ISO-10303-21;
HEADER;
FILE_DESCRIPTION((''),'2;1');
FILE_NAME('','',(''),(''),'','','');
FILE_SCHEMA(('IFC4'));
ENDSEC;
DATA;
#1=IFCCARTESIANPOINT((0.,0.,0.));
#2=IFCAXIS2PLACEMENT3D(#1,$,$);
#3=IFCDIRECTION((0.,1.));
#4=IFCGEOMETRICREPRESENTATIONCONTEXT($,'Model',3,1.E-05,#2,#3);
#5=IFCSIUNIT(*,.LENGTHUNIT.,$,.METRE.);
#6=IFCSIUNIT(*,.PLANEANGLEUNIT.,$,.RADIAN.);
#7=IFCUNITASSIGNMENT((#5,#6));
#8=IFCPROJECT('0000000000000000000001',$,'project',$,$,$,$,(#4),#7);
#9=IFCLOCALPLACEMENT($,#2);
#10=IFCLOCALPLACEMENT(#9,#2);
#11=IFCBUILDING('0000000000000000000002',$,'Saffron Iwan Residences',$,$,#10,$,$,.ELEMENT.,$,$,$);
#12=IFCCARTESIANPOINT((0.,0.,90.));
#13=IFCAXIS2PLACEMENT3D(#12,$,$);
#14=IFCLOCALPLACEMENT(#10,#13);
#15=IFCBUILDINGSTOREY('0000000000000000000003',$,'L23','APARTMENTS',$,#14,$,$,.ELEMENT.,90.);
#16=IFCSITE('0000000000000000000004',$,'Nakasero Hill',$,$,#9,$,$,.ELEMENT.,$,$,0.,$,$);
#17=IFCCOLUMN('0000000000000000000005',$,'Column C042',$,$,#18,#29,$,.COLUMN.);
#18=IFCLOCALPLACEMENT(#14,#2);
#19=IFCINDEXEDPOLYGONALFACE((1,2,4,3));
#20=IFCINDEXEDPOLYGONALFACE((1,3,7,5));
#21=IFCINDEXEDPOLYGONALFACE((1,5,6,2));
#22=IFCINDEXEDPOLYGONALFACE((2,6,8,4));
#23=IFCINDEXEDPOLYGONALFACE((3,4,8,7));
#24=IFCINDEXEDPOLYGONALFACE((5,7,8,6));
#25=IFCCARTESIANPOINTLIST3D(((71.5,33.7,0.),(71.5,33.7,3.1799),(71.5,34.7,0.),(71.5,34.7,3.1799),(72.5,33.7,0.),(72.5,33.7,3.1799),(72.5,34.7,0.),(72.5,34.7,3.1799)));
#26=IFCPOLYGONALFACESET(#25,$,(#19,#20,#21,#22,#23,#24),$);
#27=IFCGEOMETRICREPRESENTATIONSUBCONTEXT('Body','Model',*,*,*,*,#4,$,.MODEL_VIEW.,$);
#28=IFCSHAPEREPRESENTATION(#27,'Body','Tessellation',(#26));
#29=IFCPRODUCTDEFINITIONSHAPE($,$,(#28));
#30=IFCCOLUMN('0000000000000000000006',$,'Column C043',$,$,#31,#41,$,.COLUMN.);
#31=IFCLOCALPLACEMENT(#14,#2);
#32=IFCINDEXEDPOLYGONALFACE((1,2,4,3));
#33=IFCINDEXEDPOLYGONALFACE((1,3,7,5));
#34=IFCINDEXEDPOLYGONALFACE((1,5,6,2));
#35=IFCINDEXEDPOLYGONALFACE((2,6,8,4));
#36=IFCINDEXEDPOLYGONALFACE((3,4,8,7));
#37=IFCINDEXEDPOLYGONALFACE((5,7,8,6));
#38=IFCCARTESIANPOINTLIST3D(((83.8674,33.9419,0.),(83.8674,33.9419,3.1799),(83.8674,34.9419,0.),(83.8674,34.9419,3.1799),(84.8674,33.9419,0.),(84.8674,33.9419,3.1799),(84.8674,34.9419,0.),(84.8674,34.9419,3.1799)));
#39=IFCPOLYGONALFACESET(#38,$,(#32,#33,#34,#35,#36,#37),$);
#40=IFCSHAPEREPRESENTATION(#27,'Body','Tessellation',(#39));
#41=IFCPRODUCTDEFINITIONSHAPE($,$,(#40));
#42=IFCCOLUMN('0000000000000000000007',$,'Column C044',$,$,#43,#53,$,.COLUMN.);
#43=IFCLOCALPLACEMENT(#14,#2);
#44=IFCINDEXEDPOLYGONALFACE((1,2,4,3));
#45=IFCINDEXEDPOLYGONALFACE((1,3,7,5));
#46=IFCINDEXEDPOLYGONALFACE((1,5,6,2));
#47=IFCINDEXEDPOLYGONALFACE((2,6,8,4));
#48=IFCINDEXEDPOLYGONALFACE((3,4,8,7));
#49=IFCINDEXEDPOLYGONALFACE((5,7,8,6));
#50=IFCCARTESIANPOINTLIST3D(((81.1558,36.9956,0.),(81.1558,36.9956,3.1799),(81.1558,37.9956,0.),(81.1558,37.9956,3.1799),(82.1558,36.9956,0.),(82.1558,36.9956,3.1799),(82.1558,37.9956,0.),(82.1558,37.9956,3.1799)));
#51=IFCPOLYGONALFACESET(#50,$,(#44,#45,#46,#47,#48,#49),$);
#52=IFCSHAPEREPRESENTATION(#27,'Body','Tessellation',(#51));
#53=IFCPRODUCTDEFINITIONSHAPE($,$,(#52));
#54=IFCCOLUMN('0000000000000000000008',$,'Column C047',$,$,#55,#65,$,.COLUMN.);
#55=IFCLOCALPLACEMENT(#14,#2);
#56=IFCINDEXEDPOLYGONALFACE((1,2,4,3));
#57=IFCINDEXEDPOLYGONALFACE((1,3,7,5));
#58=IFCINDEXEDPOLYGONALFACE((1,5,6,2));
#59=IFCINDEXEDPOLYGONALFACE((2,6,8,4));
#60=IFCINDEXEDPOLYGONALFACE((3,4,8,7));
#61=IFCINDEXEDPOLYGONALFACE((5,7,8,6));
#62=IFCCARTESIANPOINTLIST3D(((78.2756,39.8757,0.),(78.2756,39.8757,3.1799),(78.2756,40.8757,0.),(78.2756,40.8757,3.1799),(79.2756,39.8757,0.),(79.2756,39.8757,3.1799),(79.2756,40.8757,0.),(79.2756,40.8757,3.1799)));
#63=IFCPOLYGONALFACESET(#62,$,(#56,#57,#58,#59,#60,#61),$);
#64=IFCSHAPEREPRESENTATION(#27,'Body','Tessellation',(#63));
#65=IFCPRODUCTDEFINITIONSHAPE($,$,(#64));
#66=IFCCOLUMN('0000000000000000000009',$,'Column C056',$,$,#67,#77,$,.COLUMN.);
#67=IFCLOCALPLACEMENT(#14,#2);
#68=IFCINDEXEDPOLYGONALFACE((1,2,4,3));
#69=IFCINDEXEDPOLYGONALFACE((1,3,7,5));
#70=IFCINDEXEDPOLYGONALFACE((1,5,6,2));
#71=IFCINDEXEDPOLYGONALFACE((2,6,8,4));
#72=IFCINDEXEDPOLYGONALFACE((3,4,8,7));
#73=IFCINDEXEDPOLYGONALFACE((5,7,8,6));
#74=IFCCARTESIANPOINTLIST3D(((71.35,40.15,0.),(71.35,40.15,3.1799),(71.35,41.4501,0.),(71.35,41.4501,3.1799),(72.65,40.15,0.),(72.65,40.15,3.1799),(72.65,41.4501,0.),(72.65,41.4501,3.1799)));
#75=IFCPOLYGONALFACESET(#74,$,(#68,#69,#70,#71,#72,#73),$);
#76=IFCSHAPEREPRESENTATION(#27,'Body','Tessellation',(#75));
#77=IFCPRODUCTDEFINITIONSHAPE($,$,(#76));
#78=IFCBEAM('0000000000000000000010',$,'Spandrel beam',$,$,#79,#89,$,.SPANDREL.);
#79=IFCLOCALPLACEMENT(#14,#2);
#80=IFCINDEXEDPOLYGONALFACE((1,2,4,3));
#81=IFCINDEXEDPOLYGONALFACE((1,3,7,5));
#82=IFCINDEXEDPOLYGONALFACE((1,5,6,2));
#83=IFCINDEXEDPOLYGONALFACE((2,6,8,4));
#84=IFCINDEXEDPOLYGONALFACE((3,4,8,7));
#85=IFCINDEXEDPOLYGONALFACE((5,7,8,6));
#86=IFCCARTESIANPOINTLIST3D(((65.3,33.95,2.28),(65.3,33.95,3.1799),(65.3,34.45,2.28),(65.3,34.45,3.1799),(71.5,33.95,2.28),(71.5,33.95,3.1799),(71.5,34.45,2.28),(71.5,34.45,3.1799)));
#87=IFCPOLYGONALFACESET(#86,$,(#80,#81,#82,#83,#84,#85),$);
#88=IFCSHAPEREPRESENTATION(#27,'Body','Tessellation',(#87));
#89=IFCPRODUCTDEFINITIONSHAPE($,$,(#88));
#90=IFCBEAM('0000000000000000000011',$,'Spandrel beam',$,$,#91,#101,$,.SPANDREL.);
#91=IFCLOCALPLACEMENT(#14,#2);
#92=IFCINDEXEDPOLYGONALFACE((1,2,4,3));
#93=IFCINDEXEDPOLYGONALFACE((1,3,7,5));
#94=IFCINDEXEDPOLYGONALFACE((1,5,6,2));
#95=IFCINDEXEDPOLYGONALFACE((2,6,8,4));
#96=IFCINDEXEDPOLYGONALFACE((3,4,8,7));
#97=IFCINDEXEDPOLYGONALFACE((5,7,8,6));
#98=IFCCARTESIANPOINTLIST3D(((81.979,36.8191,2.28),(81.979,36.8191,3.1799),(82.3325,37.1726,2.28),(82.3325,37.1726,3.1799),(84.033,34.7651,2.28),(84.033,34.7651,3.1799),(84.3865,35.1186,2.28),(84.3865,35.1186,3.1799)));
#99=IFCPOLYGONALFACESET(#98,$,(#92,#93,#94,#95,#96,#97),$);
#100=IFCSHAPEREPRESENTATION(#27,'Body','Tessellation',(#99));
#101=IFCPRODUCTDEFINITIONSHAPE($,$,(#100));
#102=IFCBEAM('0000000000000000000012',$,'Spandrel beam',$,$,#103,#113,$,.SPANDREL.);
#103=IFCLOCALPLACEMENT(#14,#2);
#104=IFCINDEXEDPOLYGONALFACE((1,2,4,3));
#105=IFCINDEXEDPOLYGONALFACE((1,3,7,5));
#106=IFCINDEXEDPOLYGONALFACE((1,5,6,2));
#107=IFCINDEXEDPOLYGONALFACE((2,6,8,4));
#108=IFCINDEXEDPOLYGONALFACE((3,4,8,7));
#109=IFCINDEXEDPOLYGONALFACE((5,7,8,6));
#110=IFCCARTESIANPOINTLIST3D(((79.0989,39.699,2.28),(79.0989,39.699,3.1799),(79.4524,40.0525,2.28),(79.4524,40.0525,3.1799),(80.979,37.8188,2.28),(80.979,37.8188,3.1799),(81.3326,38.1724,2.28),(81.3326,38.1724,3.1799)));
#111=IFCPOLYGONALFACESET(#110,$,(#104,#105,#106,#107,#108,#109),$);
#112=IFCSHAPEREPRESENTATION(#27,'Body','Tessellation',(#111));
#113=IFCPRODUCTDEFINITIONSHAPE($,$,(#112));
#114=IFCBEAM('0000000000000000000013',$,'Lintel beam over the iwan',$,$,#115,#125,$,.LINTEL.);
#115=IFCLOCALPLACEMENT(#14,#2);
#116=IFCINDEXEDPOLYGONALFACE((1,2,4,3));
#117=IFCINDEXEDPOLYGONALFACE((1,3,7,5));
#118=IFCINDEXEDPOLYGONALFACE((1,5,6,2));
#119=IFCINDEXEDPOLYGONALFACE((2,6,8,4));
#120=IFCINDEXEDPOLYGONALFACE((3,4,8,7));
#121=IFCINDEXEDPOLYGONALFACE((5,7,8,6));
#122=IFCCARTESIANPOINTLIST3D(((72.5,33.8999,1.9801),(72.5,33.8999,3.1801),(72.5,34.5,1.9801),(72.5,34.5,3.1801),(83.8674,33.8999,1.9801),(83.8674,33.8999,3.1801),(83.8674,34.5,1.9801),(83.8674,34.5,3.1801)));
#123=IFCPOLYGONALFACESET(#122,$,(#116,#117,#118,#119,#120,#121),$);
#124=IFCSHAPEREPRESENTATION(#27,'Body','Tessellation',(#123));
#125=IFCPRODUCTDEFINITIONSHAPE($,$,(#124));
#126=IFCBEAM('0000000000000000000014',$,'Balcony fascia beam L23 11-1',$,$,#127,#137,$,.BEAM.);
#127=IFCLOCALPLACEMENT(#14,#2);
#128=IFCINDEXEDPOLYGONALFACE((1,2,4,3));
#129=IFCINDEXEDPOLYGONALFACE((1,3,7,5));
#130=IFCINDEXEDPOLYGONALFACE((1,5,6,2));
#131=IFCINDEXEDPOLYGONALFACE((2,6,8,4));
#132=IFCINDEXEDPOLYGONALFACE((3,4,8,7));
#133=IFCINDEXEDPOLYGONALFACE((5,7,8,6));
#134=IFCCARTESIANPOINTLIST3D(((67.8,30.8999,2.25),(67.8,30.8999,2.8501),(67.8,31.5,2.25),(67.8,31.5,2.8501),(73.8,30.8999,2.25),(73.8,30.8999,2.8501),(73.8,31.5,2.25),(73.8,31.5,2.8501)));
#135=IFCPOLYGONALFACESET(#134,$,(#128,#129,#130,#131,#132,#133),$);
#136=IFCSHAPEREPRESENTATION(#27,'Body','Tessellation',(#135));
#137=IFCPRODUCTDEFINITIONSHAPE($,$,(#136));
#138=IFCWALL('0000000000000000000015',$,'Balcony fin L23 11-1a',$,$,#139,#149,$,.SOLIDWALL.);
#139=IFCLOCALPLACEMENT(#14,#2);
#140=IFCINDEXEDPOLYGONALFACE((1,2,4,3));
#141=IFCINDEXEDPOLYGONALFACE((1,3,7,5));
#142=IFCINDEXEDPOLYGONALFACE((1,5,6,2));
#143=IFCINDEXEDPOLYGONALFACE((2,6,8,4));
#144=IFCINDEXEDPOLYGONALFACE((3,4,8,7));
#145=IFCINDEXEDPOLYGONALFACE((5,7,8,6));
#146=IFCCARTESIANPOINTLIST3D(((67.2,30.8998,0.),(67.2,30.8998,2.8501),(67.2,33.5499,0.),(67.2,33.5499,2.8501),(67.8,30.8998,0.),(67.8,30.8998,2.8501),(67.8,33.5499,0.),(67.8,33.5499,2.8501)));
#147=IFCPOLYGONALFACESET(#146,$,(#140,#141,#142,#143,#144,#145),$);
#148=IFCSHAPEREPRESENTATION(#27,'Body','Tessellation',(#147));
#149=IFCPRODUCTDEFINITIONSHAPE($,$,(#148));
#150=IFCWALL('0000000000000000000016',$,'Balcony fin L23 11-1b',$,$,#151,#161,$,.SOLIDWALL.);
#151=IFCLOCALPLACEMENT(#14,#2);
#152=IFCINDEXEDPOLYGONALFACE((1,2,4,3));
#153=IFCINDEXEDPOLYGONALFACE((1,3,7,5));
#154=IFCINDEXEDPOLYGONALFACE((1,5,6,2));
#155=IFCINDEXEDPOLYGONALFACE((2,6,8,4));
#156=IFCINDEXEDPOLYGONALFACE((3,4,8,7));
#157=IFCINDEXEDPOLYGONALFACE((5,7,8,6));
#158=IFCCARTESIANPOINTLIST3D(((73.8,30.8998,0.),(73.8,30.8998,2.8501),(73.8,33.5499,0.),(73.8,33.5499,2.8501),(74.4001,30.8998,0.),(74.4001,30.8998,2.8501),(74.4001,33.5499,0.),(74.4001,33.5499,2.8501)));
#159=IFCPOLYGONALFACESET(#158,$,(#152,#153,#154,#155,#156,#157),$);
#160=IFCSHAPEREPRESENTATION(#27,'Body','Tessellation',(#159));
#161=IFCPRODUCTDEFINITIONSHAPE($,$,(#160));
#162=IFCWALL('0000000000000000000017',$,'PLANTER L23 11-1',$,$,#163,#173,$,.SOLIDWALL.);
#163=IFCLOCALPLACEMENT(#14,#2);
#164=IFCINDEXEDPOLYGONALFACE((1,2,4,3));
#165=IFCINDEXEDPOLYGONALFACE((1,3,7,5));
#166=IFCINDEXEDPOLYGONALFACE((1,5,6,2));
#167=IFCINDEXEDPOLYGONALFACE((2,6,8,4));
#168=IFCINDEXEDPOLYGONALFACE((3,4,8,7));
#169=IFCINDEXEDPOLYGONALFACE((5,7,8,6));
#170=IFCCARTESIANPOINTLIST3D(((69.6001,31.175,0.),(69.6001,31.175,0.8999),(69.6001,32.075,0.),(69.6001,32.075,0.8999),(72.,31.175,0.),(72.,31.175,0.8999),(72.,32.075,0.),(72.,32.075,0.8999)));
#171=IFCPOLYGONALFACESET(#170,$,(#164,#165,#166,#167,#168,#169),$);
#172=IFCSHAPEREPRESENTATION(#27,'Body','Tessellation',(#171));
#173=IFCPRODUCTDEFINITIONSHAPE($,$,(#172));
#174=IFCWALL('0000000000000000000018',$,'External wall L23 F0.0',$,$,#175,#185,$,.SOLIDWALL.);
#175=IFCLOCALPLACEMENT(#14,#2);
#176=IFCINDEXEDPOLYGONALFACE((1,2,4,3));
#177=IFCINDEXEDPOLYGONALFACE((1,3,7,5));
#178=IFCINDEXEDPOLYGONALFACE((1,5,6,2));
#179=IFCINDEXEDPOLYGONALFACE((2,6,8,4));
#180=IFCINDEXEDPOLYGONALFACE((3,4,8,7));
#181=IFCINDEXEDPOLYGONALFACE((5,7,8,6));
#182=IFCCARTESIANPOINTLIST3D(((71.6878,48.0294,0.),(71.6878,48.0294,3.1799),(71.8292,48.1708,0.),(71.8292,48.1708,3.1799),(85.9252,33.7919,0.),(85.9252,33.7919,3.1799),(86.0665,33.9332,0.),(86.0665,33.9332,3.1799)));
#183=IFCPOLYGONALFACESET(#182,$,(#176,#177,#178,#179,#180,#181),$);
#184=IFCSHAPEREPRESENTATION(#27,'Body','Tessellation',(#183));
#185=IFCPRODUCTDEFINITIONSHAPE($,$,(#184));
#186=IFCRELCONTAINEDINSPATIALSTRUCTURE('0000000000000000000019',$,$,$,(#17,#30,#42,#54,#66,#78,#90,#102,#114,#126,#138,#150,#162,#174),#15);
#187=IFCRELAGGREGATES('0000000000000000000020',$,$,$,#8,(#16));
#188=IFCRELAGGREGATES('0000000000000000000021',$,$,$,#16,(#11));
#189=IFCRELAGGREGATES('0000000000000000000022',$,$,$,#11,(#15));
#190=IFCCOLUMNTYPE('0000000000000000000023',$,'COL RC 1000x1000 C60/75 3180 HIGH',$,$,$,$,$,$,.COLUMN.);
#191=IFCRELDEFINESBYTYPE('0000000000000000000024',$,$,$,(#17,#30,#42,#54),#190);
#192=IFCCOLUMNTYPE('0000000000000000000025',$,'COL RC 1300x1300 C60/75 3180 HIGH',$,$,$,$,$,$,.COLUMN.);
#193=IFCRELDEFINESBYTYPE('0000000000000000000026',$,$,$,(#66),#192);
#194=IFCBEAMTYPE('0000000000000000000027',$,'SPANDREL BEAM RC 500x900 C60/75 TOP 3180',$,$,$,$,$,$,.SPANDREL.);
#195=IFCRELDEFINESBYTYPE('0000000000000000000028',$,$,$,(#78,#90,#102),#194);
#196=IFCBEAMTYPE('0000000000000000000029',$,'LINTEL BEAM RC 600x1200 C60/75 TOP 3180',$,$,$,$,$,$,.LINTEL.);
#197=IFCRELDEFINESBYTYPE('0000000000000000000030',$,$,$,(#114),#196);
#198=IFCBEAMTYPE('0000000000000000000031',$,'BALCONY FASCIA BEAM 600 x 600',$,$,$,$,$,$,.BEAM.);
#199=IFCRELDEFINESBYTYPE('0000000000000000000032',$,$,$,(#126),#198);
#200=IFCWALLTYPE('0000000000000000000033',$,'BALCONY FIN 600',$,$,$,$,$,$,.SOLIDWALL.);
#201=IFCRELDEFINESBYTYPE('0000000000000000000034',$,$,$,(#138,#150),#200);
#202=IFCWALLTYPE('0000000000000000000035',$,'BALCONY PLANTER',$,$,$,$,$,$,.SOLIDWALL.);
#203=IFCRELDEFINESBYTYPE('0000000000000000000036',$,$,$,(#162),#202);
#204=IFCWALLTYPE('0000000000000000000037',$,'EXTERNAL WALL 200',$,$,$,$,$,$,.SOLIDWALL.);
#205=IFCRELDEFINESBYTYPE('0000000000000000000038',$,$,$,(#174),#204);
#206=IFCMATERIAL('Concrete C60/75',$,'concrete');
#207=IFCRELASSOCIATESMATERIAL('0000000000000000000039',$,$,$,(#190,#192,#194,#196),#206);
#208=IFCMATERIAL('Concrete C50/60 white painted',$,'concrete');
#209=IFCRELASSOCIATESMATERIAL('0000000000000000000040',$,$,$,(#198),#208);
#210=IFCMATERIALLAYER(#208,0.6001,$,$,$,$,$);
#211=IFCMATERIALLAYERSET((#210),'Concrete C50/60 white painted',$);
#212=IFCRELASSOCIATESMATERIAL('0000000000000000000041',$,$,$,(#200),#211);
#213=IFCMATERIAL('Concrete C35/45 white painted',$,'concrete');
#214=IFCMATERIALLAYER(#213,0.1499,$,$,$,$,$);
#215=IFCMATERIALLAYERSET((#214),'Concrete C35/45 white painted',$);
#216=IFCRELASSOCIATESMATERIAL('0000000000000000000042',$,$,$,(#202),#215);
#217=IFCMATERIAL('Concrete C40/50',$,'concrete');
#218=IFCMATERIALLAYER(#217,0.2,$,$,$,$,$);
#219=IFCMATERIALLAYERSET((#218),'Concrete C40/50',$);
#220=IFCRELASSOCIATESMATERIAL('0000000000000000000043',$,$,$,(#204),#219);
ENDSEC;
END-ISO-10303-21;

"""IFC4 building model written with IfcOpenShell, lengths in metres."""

from ifc_helpers import new_model, si_unit, direction, frame, frame_2d, origin, origin_2d, place, context, subcontext, project, spatial, rectangle, extrude, source, transform, mapped, material, layer, layer_set, material_profile, profile_set, type_object, element, save


model = new_model("IFC4")

# Units and contexts
model_context = context("Model", 3, precision=1e-05, world=origin(), true_north=direction((0.0, 1.0)))
body_context = subcontext(model_context, "Body", "Model", "MODEL_VIEW")
ifc_project = project(units=[si_unit("LENGTHUNIT", "METRE"), si_unit("PLANEANGLEUNIT", "RADIAN")], contexts=[model_context])

# Site, building, storey
site_placement = place(None, origin())
site = spatial("IfcSite", under=ifc_project, at=site_placement, Name="Nakasero Hill", CompositionType="ELEMENT", RefElevation=0.0)
building_placement = place(site_placement, origin())
building = spatial("IfcBuilding", under=site, at=building_placement, Name="Saffron Iwan Residences", CompositionType="ELEMENT")
storey_placement = place(building_placement, frame((0.0, 0.0, 90.0)))
storey = spatial("IfcBuildingStorey", under=building, at=storey_placement, Name="L23", Description="APARTMENTS", CompositionType="ELEMENT", Elevation=90.0)

# Columns
ifc_material_1 = material(Name="Concrete C60/75", Category="concrete")
ifc_material_profile_1 = material_profile(ifc_material_1, rectangle(XDim=1.0, YDim=1.0, at=origin_2d()), Name="RC 1000x1000")
ifc_profile_set_1 = profile_set([ifc_material_profile_1], Name="Concrete C60/75")
column_type_1 = type_object("IfcColumnType", Name="COL RC 1000x1000 C60/75 3180 HIGH", PredefinedType="COLUMN", material=ifc_profile_set_1)
shared_shape_1 = source(origin(), body_context, "Body", "SweptSolid", [
    extrude(rectangle(XDim=1.0, YDim=1.0, at=origin_2d()), origin(), (0.0, 0.0, 1.0), 3.1799),
])
for number, where, z_axis, x_axis, name in (
    (1, (72.0, 34.2, 0.0), (0.0, 0.0, 1.0), (1.0, 0.0, 0.0), "Column C042"),
    (2, (84.3674, 34.4419, 0.0), (0.0, 0.0, 1.0), (1.0, 0.0, 0.0), "Column C043"),
    (3, (81.6558, 37.4956, 0.0), (0.0, 0.0, 1.0), (1.0, 0.0, 0.0), "Column C044"),
    (4, (78.7756, 40.3757, 0.0), (0.0, 0.0, 1.0), (1.0, 0.0, 0.0), "Column C047"),
):
    element("IfcColumn", number, at=place(storey_placement, frame(where, z_axis=z_axis, x_axis=x_axis)), inside=storey, type_object=column_type_1, Name=name, PredefinedType="COLUMN", context=body_context, shape_type="MappedRepresentation", body=[
        mapped(shared_shape_1, transform((0.0, 0.0, 0.0))),
    ])
ifc_material_profile_2 = material_profile(ifc_material_1, rectangle(XDim=1.3, YDim=1.3, at=origin_2d()), Name="RC 1300x1300")
ifc_profile_set_2 = profile_set([ifc_material_profile_2], Name="Concrete C60/75")
column_type_2 = type_object("IfcColumnType", Name="COL RC 1300x1300 C60/75 3180 HIGH", PredefinedType="COLUMN", material=ifc_profile_set_2)
shared_shape_2 = source(origin(), body_context, "Body", "SweptSolid", [
    extrude(rectangle(XDim=1.3, YDim=1.3, at=origin_2d()), origin(), (0.0, 0.0, 1.0), 3.1799),
])
column_placement = place(storey_placement, frame((72.0, 40.8, 0.0), z_axis=(0.0, 0.0, 1.0), x_axis=(1.0, 0.0, 0.0)))
element("IfcColumn", 5, at=column_placement, inside=storey, type_object=column_type_2, Name="Column C056", PredefinedType="COLUMN", context=body_context, shape_type="MappedRepresentation", body=[
    mapped(shared_shape_2, transform((0.0, 0.0, 0.0))),
])

# Beams
ifc_material_profile_3 = material_profile(ifc_material_1, rectangle(XDim=0.5, YDim=0.8999, at=origin_2d()), Name="RC 500x900")
ifc_profile_set_3 = profile_set([ifc_material_profile_3], Name="Concrete C60/75")
beam_type_1 = type_object("IfcBeamType", Name="SPANDREL BEAM RC 500x900 C60/75 TOP 3180", PredefinedType="SPANDREL", material=ifc_profile_set_3)
shared_shape_3 = source(origin(), body_context, "Body", "SweptSolid", [
    extrude(rectangle(XDim=0.5, YDim=0.8999, at=origin_2d()), origin(), (0.0, 0.0, 1.0), 6.2),
])
beam_1_placement = place(storey_placement, frame((71.5, 34.2, 2.73), z_axis=(-1.0, 0.0, 0.0), x_axis=(0.0, -1.0, 0.0)))
element("IfcBeam", 6, at=beam_1_placement, inside=storey, type_object=beam_type_1, Name="Spandrel beam", PredefinedType="SPANDREL", context=body_context, shape_type="MappedRepresentation", body=[
    mapped(shared_shape_3, transform((0.0, 0.0, 0.0))),
])
shared_shape_4 = source(origin(), body_context, "Body", "SweptSolid", [
    extrude(rectangle(XDim=0.5, YDim=0.8999, at=origin_2d()), origin(), (0.0, 0.0, 1.0), 2.9048),
])
beam_2_placement = place(storey_placement, frame((82.1558, 36.9958, 2.73), z_axis=(0.707107, -0.707107, 0.0), x_axis=(0.707107, 0.707107, 0.0)))
element("IfcBeam", 7, at=beam_2_placement, inside=storey, type_object=beam_type_1, Name="Spandrel beam", PredefinedType="SPANDREL", context=body_context, shape_type="MappedRepresentation", body=[
    mapped(shared_shape_4, transform((0.0, 0.0, 0.0))),
])
shared_shape_5 = source(origin(), body_context, "Body", "SweptSolid", [
    extrude(rectangle(XDim=0.5, YDim=0.8999, at=origin_2d()), origin(), (0.0, 0.0, 1.0), 2.6589),
])
beam_3_placement = place(storey_placement, frame((79.2756, 39.8757, 2.73), z_axis=(0.707107, -0.707107, 0.0), x_axis=(0.707107, 0.707107, 0.0)))
element("IfcBeam", 8, at=beam_3_placement, inside=storey, type_object=beam_type_1, Name="Spandrel beam", PredefinedType="SPANDREL", context=body_context, shape_type="MappedRepresentation", body=[
    mapped(shared_shape_5, transform((0.0, 0.0, 0.0))),
])
ifc_material_profile_4 = material_profile(ifc_material_1, rectangle(XDim=0.6001, YDim=1.2, at=origin_2d()), Name="RC 600x1200")
ifc_profile_set_4 = profile_set([ifc_material_profile_4], Name="Concrete C60/75")
beam_type_2 = type_object("IfcBeamType", Name="LINTEL BEAM RC 600x1200 C60/75 TOP 3180", PredefinedType="LINTEL", material=ifc_profile_set_4)
shared_shape_6 = source(origin(), body_context, "Body", "SweptSolid", [
    extrude(rectangle(XDim=0.6001, YDim=1.2, at=origin_2d()), origin(), (0.0, 0.0, 1.0), 11.3674),
])
beam_4_placement = place(storey_placement, frame((83.8674, 34.2, 2.5801), z_axis=(-1.0, 0.0, 0.0), x_axis=(0.0, -1.0, 0.0)))
element("IfcBeam", 9, at=beam_4_placement, inside=storey, type_object=beam_type_2, Name="Lintel beam over the iwan", PredefinedType="LINTEL", context=body_context, shape_type="MappedRepresentation", body=[
    mapped(shared_shape_6, transform((0.0, 0.0, 0.0))),
])
ifc_material_2 = material(Name="Concrete C50/60 white painted", Category="concrete")
ifc_material_profile_5 = material_profile(ifc_material_2, rectangle(XDim=0.6001, YDim=0.6001, at=origin_2d()), Name="BALCONY FASCIA BEAM 600 x 600")
ifc_profile_set_5 = profile_set([ifc_material_profile_5], Name="Concrete C50/60 white painted")
beam_type_3 = type_object("IfcBeamType", Name="BALCONY FASCIA BEAM 600 x 600", PredefinedType="BEAM", material=ifc_profile_set_5)
shared_shape_7 = source(origin(), body_context, "Body", "SweptSolid", [
    extrude(rectangle(XDim=0.6001, YDim=0.6001, at=origin_2d()), origin(), (0.0, 0.0, 1.0), 6.0),
])
beam_5_placement = place(storey_placement, frame((67.8, 31.2, 2.55), z_axis=(1.0, 0.0, 0.0), x_axis=(0.0, 1.0, 0.0)))
element("IfcBeam", 10, at=beam_5_placement, inside=storey, type_object=beam_type_3, Name="Balcony fascia beam L23 11-1", PredefinedType="BEAM", context=body_context, shape_type="MappedRepresentation", body=[
    mapped(shared_shape_7, transform((0.0, 0.0, 0.0))),
])

# Walls
ifc_layer_1 = layer(ifc_material_2, 0.6001)
ifc_layer_set_1 = layer_set([ifc_layer_1], Name="Concrete C50/60 white painted")
wall_type_1 = type_object("IfcWallType", Name="BALCONY FIN 600", PredefinedType="SOLIDWALL", material=ifc_layer_set_1)
for number, where, z_axis, x_axis, name in (
    (11, (67.5, 33.55, 0.0), (0.0, 0.0, 1.0), (0.0, -1.0, 0.0), "Balcony fin L23 11-1a"),
    (12, (74.1001, 33.55, 0.0), (0.0, 0.0, 1.0), (0.0, -1.0, 0.0), "Balcony fin L23 11-1b"),
):
    element("IfcWall", number, at=place(storey_placement, frame(where, z_axis=z_axis, x_axis=x_axis)), inside=storey, type_object=wall_type_1, Name=name, PredefinedType="SOLIDWALL", context=body_context, shape_type="SweptSolid", body=[
        extrude(rectangle(XDim=2.6501, YDim=0.6001, at=frame_2d((1.3252, 0.0))), origin(), (0.0, 0.0, 1.0), 2.8501),
    ])
ifc_material_3 = material(Name="Concrete C35/45 white painted", Category="concrete")
ifc_layer_2 = layer(ifc_material_3, 0.1499)
ifc_layer_set_2 = layer_set([ifc_layer_2], Name="Concrete C35/45 white painted")
wall_type_2 = type_object("IfcWallType", Name="BALCONY PLANTER", PredefinedType="SOLIDWALL", material=ifc_layer_set_2)
wall_1_placement = place(storey_placement, frame((69.6001, 31.625, 0.0), z_axis=(0.0, 0.0, 1.0), x_axis=(1.0, 0.0, 0.0)))
element("IfcWall", 13, at=wall_1_placement, inside=storey, type_object=wall_type_2, Name="PLANTER L23 11-1", PredefinedType="SOLIDWALL", context=body_context, shape_type="SweptSolid", body=[
    extrude(rectangle(XDim=2.3999, YDim=0.8999, at=frame_2d((1.2, 0.0))), origin(), (0.0, 0.0, 1.0), 0.8999),
])
ifc_material_4 = material(Name="Concrete C40/50", Category="concrete")
ifc_layer_3 = layer(ifc_material_4, 0.2)
ifc_layer_set_3 = layer_set([ifc_layer_3], Name="Concrete C40/50")
wall_type_3 = type_object("IfcWallType", Name="EXTERNAL WALL 200", PredefinedType="SOLIDWALL", material=ifc_layer_set_3)
wall_2_placement = place(storey_placement, frame((85.9958, 33.8625, 0.0), z_axis=(0.0, 0.0, 1.0), x_axis=(-0.707101, 0.707113, 0.0)))
element("IfcWall", 14, at=wall_2_placement, inside=storey, type_object=wall_type_3, Name="External wall L23 F0.0", PredefinedType="SOLIDWALL", context=body_context, shape_type="SweptSolid", body=[
    extrude(rectangle(XDim=20.1348, YDim=0.2, at=frame_2d((10.0674, 0.0))), origin(), (0.0, 0.0, 1.0), 3.1799),
])

save(model, "model.ifc")
